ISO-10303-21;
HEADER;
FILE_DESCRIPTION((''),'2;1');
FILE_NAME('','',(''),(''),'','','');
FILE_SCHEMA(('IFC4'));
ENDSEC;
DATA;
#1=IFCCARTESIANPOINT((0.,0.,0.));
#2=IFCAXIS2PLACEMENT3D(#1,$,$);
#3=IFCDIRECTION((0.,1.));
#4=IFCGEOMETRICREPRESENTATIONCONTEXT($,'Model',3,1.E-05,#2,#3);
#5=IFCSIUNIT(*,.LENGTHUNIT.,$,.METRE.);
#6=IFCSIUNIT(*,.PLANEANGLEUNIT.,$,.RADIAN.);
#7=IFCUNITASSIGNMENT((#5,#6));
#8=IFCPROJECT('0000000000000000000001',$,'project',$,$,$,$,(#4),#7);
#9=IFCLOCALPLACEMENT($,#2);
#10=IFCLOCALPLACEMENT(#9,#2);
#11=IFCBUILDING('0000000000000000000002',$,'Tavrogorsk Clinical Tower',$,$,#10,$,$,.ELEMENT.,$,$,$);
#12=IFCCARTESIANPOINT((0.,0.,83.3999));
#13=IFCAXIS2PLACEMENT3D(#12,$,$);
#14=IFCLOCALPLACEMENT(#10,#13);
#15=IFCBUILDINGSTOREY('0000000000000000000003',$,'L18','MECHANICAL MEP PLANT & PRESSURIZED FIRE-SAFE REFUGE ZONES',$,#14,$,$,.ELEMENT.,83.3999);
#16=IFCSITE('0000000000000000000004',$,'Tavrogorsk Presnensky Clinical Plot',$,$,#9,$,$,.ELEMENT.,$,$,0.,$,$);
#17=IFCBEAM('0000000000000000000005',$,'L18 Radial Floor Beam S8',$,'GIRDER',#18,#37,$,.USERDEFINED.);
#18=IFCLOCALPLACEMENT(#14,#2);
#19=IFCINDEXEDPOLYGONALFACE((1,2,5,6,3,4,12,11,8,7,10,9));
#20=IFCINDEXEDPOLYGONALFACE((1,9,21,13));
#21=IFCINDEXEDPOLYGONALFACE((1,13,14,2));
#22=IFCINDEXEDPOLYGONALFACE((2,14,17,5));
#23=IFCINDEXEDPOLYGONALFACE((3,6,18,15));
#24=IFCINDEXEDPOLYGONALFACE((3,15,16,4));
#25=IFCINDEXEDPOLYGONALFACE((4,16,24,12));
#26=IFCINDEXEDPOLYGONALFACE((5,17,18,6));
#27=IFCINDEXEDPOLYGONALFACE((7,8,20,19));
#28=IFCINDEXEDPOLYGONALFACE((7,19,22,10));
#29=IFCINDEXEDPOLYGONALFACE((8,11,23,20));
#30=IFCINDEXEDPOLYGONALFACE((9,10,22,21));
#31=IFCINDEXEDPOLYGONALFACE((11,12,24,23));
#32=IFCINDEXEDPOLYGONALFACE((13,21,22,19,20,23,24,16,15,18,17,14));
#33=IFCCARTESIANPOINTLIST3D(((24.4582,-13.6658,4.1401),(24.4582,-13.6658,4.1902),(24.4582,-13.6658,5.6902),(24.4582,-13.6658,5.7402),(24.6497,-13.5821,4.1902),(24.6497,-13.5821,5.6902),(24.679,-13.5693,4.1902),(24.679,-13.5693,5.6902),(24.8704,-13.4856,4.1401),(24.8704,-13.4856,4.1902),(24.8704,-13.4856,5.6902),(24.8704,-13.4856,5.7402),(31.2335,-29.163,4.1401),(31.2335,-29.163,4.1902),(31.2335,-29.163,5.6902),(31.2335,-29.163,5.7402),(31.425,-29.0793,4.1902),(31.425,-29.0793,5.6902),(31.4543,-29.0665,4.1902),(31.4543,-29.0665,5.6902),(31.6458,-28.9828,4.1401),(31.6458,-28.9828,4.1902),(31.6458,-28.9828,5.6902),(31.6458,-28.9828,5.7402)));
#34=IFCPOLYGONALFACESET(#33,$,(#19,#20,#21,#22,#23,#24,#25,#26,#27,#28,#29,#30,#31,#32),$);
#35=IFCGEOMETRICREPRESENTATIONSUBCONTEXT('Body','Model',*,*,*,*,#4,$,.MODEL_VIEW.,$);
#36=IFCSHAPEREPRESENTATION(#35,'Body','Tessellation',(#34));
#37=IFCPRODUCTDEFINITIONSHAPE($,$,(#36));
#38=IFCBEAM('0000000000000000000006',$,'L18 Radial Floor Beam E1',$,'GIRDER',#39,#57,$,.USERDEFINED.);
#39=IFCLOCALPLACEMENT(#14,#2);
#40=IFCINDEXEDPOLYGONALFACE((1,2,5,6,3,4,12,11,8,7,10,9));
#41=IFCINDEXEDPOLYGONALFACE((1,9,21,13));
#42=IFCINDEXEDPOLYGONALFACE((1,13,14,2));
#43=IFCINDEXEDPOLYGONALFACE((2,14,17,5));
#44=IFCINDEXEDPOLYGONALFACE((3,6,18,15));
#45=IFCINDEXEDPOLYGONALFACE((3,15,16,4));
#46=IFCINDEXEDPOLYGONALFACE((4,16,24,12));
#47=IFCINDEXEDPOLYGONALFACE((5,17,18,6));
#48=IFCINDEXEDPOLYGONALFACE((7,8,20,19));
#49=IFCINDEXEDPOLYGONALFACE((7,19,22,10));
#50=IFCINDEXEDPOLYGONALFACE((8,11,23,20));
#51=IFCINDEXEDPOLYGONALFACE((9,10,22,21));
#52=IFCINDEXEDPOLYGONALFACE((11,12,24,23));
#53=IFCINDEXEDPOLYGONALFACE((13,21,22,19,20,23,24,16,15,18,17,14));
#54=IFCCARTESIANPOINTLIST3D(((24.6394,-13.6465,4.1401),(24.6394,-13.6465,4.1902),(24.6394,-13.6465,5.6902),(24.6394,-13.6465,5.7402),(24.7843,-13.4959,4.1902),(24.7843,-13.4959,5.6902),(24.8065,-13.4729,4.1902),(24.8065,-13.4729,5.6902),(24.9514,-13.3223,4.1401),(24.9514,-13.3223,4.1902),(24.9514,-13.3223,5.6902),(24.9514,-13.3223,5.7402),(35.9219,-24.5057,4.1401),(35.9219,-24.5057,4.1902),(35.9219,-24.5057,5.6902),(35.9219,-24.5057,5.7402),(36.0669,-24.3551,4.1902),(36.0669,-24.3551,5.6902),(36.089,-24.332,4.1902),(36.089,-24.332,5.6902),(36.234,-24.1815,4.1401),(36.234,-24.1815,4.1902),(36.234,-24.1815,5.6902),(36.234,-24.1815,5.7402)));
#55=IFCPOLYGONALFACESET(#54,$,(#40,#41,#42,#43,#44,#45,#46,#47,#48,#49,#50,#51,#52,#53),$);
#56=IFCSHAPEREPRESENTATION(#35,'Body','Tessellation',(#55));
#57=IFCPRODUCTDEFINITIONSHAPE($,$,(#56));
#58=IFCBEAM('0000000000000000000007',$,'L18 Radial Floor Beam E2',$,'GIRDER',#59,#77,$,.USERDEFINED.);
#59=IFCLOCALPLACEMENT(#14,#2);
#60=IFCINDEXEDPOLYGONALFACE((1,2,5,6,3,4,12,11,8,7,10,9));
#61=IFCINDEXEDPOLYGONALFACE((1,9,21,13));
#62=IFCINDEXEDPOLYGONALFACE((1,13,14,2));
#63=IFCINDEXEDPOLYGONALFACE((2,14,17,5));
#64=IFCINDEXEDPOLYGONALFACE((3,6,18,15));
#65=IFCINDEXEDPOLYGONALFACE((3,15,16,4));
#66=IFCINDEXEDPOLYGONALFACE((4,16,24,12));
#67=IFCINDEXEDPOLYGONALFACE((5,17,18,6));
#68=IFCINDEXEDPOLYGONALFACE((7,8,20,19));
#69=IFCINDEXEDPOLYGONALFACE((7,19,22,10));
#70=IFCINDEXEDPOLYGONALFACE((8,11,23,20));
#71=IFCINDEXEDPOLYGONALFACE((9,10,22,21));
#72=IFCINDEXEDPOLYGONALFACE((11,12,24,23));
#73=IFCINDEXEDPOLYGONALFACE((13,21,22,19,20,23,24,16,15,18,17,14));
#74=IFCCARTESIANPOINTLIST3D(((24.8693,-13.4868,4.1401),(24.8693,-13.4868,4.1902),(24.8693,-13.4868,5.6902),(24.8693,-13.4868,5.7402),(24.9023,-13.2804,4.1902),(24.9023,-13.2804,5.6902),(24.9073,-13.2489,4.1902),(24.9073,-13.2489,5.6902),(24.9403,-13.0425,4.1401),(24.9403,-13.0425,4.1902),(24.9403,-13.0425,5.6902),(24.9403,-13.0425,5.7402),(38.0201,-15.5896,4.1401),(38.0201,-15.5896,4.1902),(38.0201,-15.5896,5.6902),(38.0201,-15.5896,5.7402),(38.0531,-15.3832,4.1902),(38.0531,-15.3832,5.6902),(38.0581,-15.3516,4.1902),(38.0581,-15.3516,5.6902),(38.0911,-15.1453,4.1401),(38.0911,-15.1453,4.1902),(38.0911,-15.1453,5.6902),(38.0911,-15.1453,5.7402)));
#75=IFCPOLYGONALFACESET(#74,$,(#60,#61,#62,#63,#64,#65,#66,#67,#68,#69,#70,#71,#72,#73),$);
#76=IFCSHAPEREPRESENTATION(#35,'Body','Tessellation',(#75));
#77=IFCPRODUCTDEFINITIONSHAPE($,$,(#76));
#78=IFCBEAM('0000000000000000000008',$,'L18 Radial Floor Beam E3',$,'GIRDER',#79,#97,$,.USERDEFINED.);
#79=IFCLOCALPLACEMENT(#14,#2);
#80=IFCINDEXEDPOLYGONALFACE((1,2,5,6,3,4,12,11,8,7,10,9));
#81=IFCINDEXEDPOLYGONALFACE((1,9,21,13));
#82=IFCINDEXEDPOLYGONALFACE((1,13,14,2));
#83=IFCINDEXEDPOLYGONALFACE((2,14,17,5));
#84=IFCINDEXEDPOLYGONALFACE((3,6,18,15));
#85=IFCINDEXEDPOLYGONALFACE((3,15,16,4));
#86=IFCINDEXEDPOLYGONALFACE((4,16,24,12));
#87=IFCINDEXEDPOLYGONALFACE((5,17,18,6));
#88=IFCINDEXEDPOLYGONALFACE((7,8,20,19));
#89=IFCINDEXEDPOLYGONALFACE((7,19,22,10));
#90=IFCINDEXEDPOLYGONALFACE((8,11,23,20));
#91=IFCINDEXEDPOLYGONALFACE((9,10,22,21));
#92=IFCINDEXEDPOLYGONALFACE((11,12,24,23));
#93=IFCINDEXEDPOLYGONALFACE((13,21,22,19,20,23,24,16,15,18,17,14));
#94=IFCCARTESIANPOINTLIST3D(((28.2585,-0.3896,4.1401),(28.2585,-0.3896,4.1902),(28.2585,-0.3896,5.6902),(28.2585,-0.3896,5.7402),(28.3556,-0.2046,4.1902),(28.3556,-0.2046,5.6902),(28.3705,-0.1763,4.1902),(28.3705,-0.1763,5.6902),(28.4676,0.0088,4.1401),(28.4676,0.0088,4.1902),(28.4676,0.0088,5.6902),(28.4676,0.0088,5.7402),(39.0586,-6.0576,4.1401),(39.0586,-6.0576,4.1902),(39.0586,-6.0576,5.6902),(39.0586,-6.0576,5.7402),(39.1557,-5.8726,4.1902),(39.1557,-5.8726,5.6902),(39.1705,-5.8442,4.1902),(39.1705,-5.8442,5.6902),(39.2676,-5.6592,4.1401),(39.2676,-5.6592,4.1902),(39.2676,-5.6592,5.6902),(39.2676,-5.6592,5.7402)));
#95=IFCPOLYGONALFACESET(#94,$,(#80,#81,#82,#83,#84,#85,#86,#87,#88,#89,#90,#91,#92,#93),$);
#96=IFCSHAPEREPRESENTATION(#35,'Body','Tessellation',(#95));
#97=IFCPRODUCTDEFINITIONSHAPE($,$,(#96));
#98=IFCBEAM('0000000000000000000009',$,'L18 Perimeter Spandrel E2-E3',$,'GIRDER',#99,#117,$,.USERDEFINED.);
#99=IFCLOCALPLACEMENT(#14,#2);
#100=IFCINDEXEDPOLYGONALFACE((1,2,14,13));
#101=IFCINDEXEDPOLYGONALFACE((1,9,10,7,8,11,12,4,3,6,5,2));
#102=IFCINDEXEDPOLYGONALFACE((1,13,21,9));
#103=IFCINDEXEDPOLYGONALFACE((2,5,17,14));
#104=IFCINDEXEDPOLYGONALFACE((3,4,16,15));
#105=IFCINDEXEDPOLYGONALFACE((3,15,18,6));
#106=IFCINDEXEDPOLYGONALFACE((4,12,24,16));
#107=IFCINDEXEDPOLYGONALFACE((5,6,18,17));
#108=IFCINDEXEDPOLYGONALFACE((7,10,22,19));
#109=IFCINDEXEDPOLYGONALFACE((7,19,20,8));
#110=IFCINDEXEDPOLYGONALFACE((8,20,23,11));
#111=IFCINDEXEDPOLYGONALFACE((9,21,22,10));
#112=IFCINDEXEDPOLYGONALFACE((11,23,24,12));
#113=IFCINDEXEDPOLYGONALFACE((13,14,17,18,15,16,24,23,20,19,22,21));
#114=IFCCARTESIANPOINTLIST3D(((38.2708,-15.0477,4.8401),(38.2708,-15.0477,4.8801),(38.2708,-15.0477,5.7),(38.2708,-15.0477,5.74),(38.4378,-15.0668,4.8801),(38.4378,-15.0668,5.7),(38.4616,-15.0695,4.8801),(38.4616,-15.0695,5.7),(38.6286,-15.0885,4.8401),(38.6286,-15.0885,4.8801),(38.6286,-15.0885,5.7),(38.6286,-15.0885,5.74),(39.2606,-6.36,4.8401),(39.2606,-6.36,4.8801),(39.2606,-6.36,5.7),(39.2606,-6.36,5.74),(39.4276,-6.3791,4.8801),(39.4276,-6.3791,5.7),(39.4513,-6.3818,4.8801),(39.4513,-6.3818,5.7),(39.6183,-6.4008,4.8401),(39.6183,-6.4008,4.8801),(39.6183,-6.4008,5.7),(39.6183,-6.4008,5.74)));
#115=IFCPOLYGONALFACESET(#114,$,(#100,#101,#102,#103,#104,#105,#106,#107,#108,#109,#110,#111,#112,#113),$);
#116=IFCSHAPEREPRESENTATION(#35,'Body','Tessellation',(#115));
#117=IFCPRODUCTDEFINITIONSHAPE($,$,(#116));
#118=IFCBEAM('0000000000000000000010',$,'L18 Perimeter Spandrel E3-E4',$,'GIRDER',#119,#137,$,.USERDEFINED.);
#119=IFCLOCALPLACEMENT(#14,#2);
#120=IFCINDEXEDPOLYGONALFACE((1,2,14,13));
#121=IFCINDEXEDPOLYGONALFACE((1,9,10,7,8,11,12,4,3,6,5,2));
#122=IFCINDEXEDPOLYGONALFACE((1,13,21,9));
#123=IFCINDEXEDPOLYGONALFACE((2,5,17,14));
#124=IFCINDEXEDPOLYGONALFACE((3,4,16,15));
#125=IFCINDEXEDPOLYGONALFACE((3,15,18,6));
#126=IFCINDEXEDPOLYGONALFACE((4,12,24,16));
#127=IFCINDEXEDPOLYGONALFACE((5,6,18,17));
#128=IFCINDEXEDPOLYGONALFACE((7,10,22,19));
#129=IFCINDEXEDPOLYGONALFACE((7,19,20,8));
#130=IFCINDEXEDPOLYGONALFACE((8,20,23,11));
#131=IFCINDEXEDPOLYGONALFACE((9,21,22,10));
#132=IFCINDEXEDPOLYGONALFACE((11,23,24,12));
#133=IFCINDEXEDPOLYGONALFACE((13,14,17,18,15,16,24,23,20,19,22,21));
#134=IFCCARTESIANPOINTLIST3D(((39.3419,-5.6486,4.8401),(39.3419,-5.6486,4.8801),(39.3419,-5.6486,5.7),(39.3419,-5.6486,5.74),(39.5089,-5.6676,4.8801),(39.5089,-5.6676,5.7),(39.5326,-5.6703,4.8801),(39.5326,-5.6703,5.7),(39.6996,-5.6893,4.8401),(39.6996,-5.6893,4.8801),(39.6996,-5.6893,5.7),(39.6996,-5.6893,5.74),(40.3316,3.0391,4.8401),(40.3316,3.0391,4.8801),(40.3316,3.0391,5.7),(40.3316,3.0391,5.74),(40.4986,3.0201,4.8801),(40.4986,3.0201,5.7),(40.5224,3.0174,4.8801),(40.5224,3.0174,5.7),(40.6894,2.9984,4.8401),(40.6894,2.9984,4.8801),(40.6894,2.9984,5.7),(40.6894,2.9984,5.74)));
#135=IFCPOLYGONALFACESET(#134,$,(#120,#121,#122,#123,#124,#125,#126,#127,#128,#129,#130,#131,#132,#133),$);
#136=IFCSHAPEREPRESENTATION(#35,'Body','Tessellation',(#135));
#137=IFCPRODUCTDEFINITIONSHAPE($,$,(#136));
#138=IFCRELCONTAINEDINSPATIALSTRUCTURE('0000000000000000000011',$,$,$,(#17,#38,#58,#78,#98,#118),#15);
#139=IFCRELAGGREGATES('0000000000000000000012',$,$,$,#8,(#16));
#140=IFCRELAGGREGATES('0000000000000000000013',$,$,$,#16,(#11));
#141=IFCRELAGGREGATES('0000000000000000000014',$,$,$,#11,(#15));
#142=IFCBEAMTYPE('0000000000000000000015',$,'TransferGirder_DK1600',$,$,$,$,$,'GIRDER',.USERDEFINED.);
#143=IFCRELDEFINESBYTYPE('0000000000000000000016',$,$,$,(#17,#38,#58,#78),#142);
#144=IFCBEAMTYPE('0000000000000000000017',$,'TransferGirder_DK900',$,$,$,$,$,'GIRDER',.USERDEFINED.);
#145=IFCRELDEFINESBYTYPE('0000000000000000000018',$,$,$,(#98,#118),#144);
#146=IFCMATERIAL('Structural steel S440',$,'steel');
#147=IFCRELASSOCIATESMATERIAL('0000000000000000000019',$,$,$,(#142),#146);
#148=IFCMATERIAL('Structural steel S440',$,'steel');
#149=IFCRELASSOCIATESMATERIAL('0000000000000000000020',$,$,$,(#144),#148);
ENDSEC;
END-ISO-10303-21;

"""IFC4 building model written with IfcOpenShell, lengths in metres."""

from ifc_helpers import new_model, si_unit, direction, frame, origin, origin_2d, place, context, subcontext, project, spatial, i_section, extrude, material, material_profile, profile_set, type_object, element, save


model = new_model("IFC4")

# Units and contexts
model_context = context("Model", 3, precision=1e-05, world=origin(), true_north=direction((0.0, 1.0)))
body_context = subcontext(model_context, "Body", "Model", "MODEL_VIEW")
ifc_project = project(units=[si_unit("LENGTHUNIT", "METRE"), si_unit("PLANEANGLEUNIT", "RADIAN")], contexts=[model_context])

# Site, building, storey
site_placement = place(None, origin())
site = spatial("IfcSite", under=ifc_project, at=site_placement, Name="Tavrogorsk Presnensky Clinical Plot", CompositionType="ELEMENT", RefElevation=0.0)
building_placement = place(site_placement, origin())
building = spatial("IfcBuilding", under=site, at=building_placement, Name="Tavrogorsk Clinical Tower", CompositionType="ELEMENT")
storey_placement = place(building_placement, frame((0.0, 0.0, 83.3999)))
storey = spatial("IfcBuildingStorey", under=building, at=storey_placement, Name="L18", Description="MECHANICAL MEP PLANT & PRESSURIZED FIRE-SAFE REFUGE ZONES", CompositionType="ELEMENT", Elevation=83.3999)

# Beams
ifc_material_1 = material(Name="Structural steel S440", Category="steel")
ifc_material_profile_1 = material_profile(ifc_material_1, i_section(OverallWidth=0.45, OverallDepth=1.6001, WebThickness=0.032, FlangeThickness=0.05, at=origin_2d()), Name="DK-1600x450x32x50")
ifc_profile_set_1 = profile_set([ifc_material_profile_1], Name="Structural steel S440")
beam_type_1 = type_object("IfcBeamType", Name="TransferGirder_DK1600", ElementType="GIRDER", PredefinedType="USERDEFINED", material=ifc_profile_set_1)
beam_1_placement = place(storey_placement, frame((24.6643, -13.5757, 4.9402), z_axis=(0.400586, -0.916259, 0.0), x_axis=(0.916259, 0.400586, 0.0)))
element("IfcBeam", 1, at=beam_1_placement, inside=storey, type_object=beam_type_1, Name="L18 Radial Floor Beam S8", ObjectType="GIRDER", PredefinedType="USERDEFINED", context=body_context, shape_type="SweptSolid", body=[
    extrude(i_section(OverallWidth=0.45, OverallDepth=1.6001, WebThickness=0.032, FlangeThickness=0.05, at=origin_2d()), origin(), (0.0, 0.0, 1.0), 16.9136),
])
beam_2_placement = place(storey_placement, frame((24.7954, -13.4844, 4.9402), z_axis=(0.720495, -0.69346, 0.0), x_axis=(0.69346, 0.720495, 0.0)))
element("IfcBeam", 2, at=beam_2_placement, inside=storey, type_object=beam_type_1, Name="L18 Radial Floor Beam E1", ObjectType="GIRDER", PredefinedType="USERDEFINED", context=body_context, shape_type="SweptSolid", body=[
    extrude(i_section(OverallWidth=0.45, OverallDepth=1.6001, WebThickness=0.032, FlangeThickness=0.05, at=origin_2d()), origin(), (0.0, 0.0, 1.0), 15.6594),
])
beam_3_placement = place(storey_placement, frame((24.9048, -13.2646, 4.9402), z_axis=(0.987457, -0.157891, 0.0), x_axis=(0.157891, 0.987457, 0.0)))
element("IfcBeam", 3, at=beam_3_placement, inside=storey, type_object=beam_type_1, Name="L18 Radial Floor Beam E2", ObjectType="GIRDER", PredefinedType="USERDEFINED", context=body_context, shape_type="SweptSolid", body=[
    extrude(i_section(OverallWidth=0.45, OverallDepth=1.6001, WebThickness=0.032, FlangeThickness=0.05, at=origin_2d()), origin(), (0.0, 0.0, 1.0), 13.3179),
])
beam_4_placement = place(storey_placement, frame((28.363, -0.1904, 4.9402), z_axis=(0.885467, -0.464702, 0.0), x_axis=(0.464702, 0.885467, 0.0)))
element("IfcBeam", 4, at=beam_4_placement, inside=storey, type_object=beam_type_1, Name="L18 Radial Floor Beam E3", ObjectType="GIRDER", PredefinedType="USERDEFINED", context=body_context, shape_type="SweptSolid", body=[
    extrude(i_section(OverallWidth=0.45, OverallDepth=1.6001, WebThickness=0.032, FlangeThickness=0.05, at=origin_2d()), origin(), (0.0, 0.0, 1.0), 12.197),
])
ifc_material_2 = material(Name="Structural steel S440", Category="steel")
ifc_material_profile_2 = material_profile(ifc_material_2, i_section(OverallWidth=0.3601, OverallDepth=0.8999, WebThickness=0.0239, FlangeThickness=0.04, at=origin_2d()), Name="DK-900x360x24x40")
ifc_profile_set_2 = profile_set([ifc_material_profile_2], Name="Structural steel S440")
beam_type_2 = type_object("IfcBeamType", Name="TransferGirder_DK900", ElementType="GIRDER", PredefinedType="USERDEFINED", material=ifc_profile_set_2)
for number, where, z_axis, x_axis, name in (
    (5, (38.4497, -15.0681, 5.29), (0.113192, 0.993573, 0.0), (-0.993573, 0.113192, 0.0), "L18 Perimeter Spandrel E2-E3"),
    (6, (39.5208, -5.6689, 5.29), (0.113192, 0.993573, 0.0), (-0.993573, 0.113192, 0.0), "L18 Perimeter Spandrel E3-E4"),
):
    element("IfcBeam", number, at=place(storey_placement, frame(where, z_axis=z_axis, x_axis=x_axis)), inside=storey, type_object=beam_type_2, Name=name, ObjectType="GIRDER", PredefinedType="USERDEFINED", context=body_context, shape_type="SweptSolid", body=[
        extrude(i_section(OverallWidth=0.3601, OverallDepth=0.8999, WebThickness=0.0239, FlangeThickness=0.04, at=origin_2d()), origin(), (0.0, 0.0, 1.0), 8.7439),
    ])

save(model, "model.ifc")
